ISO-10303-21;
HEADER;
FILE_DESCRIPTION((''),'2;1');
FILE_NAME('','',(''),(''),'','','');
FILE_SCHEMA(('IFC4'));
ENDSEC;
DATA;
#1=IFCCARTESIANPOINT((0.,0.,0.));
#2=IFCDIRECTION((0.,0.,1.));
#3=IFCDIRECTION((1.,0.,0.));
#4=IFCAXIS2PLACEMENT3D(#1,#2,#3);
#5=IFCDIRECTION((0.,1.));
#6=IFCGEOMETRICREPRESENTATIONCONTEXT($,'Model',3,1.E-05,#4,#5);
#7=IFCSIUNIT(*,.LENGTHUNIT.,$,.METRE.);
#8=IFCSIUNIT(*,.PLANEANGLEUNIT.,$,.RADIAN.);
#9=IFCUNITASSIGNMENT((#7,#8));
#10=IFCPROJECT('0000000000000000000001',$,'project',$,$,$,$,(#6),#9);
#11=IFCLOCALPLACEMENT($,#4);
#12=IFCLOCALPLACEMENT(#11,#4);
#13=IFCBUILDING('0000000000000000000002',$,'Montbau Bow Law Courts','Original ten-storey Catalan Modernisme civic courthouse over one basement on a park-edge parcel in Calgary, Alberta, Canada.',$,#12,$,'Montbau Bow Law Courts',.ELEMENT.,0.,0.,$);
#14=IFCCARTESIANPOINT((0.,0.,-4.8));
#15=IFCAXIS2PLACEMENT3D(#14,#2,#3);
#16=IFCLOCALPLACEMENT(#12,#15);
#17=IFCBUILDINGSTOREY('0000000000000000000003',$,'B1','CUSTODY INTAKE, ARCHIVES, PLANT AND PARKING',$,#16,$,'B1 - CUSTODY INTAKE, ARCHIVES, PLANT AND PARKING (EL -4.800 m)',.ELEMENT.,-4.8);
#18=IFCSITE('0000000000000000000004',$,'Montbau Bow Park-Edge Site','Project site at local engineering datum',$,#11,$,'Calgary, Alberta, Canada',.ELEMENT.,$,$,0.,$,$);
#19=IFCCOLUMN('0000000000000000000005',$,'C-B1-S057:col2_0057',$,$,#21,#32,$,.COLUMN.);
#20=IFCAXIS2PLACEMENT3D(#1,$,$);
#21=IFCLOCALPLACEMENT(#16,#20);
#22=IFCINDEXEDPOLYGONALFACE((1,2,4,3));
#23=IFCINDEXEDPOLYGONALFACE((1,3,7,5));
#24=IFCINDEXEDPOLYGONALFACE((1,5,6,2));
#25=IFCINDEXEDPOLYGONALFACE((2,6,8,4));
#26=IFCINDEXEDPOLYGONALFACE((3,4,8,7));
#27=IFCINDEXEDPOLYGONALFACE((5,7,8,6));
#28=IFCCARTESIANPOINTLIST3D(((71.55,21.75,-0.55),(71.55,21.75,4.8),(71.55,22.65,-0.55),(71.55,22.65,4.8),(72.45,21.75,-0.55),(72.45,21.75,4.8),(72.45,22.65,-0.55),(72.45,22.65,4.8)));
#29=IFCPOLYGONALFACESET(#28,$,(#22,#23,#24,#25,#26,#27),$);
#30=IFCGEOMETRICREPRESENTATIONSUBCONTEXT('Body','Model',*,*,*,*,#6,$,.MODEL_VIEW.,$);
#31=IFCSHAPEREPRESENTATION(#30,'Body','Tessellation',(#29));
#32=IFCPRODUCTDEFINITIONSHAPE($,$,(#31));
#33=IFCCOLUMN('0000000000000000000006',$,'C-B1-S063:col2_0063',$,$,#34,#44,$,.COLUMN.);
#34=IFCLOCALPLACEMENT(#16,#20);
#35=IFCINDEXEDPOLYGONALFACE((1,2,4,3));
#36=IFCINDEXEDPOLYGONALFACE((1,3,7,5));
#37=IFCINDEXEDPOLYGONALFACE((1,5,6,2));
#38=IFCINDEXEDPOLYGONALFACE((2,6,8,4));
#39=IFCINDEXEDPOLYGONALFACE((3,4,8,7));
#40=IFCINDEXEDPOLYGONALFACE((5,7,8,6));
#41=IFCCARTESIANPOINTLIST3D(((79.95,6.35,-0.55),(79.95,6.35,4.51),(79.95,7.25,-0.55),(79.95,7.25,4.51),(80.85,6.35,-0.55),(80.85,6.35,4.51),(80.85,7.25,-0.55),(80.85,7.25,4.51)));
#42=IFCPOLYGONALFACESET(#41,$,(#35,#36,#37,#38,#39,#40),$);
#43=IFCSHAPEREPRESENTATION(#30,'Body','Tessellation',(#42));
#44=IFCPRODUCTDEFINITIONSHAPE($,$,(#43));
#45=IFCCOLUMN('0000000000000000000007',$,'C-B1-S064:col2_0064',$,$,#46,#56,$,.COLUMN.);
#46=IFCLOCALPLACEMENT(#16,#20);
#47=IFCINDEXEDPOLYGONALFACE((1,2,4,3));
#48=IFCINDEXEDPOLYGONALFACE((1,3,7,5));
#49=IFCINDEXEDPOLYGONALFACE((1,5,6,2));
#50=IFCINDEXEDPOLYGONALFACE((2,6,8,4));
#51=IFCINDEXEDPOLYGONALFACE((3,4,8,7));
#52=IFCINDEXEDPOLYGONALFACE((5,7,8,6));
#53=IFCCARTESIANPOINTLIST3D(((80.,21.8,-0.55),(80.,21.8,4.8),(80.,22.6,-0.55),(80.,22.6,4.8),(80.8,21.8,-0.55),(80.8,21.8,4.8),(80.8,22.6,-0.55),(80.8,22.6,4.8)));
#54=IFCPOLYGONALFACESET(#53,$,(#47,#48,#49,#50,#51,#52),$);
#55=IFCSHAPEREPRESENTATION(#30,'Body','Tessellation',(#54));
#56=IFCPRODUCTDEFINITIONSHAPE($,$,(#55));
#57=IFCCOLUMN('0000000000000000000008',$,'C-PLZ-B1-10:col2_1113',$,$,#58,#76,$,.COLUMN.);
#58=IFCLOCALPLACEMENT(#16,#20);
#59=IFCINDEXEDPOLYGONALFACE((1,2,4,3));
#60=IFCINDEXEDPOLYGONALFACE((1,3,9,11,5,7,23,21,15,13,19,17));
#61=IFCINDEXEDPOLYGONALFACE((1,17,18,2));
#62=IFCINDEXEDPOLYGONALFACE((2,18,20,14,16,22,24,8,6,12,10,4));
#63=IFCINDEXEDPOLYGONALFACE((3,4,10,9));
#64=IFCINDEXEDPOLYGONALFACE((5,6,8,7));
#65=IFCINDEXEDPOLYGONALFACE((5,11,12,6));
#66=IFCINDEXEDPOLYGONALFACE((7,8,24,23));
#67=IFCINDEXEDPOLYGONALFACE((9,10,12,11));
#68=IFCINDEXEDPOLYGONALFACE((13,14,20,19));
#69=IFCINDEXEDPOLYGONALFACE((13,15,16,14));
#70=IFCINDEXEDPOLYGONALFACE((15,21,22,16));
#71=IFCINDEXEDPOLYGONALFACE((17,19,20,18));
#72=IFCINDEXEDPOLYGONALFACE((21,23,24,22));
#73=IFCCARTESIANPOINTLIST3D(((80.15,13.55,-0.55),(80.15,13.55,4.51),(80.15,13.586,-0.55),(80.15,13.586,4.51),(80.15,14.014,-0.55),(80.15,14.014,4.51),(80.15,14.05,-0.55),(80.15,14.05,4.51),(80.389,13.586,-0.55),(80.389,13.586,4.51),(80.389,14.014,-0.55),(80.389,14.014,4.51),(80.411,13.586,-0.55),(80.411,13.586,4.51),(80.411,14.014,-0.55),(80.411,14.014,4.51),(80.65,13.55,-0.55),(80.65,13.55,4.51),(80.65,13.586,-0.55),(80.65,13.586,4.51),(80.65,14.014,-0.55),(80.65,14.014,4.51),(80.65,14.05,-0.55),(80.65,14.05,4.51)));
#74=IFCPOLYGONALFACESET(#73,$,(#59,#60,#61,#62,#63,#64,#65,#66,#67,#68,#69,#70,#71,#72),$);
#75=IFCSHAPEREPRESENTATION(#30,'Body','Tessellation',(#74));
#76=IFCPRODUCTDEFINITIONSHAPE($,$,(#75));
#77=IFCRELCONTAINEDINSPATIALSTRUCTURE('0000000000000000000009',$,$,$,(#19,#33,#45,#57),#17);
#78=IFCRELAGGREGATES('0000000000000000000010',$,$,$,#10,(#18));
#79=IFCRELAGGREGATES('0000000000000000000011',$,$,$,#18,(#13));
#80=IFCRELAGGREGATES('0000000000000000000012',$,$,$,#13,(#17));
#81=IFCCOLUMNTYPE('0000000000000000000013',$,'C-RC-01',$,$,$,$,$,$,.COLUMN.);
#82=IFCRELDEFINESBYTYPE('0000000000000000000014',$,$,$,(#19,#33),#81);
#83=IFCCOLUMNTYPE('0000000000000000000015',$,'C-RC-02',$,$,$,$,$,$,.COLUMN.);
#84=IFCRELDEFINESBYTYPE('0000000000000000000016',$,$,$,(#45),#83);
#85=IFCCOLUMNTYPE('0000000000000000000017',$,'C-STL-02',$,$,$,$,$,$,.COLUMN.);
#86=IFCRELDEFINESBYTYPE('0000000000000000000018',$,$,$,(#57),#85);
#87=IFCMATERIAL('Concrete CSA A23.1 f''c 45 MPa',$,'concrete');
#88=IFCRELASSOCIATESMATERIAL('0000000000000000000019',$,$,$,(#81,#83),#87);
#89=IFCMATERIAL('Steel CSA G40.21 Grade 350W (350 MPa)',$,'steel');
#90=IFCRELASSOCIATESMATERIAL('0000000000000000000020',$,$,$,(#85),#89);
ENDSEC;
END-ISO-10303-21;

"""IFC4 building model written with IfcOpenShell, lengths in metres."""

from ifc_helpers import new_model, si_unit, direction, frame, origin_with_axes, origin_2d_with_axis, place, context, subcontext, project, spatial, rectangle, i_section, extrude, material, material_profile, profile_set, type_object, element, save


model = new_model("IFC4")

# Units and contexts
model_context = context("Model", 3, precision=1e-05, world=origin_with_axes(), true_north=direction((0.0, 1.0)))
body_context = subcontext(model_context, "Body", "Model", "MODEL_VIEW")
ifc_project = project(units=[si_unit("LENGTHUNIT", "METRE"), si_unit("PLANEANGLEUNIT", "RADIAN")], contexts=[model_context])

# Site, building, storey
site_placement = place(None, origin_with_axes())
site = spatial("IfcSite", under=ifc_project, at=site_placement, Name="Montbau Bow Park-Edge Site", Description="Project site at local engineering datum", LongName="Calgary, Alberta, Canada", CompositionType="ELEMENT", RefElevation=0.0)
building_placement = place(site_placement, origin_with_axes())
building = spatial("IfcBuilding", under=site, at=building_placement, Name="Montbau Bow Law Courts", Description="Original ten-storey Catalan Modernisme civic courthouse over one basement on a park-edge parcel in Calgary, Alberta, Canada.", LongName="Montbau Bow Law Courts", CompositionType="ELEMENT", ElevationOfRefHeight=0.0, ElevationOfTerrain=0.0)
storey_placement = place(building_placement, frame((0.0, 0.0, -4.8), z_axis=(0.0, 0.0, 1.0), x_axis=(1.0, 0.0, 0.0)))
storey = spatial("IfcBuildingStorey", under=building, at=storey_placement, Name="B1", Description="CUSTODY INTAKE, ARCHIVES, PLANT AND PARKING", LongName="B1 - CUSTODY INTAKE, ARCHIVES, PLANT AND PARKING (EL -4.800 m)", CompositionType="ELEMENT", Elevation=-4.8)

# Columns
ifc_material_1 = material(Name="Concrete CSA A23.1 f'c 45 MPa", Category="concrete")
ifc_material_profile_1 = material_profile(ifc_material_1, rectangle(XDim=0.9, YDim=0.9, at=origin_2d_with_axis()), Name="RC900X900", Category="Main", Priority=0)
ifc_profile_set_1 = profile_set([ifc_material_profile_1], Name="Concrete CSA A23.1 f'c 45 MPa")
column_type_1 = type_object("IfcColumnType", Name="C-RC-01", PredefinedType="COLUMN", material=ifc_profile_set_1)
column_1_placement = place(None, frame((72.0, 22.2, -5.35), z_axis=(0.0, 0.0, 1.0), x_axis=(1.0, 0.0, 0.0)))
element("IfcColumn", 1, at=column_1_placement, inside=storey, type_object=column_type_1, Name="C-B1-S057:col2_0057", PredefinedType="COLUMN", context=body_context, shape_type="SweptSolid", body=[
    extrude(rectangle(XDim=0.9, YDim=0.9, at=origin_2d_with_axis()), origin_with_axes(), (0.0, 0.0, 1.0), 5.35),
])
column_2_placement = place(None, frame((80.4, 6.8, -5.35), z_axis=(0.0, 0.0, 1.0), x_axis=(1.0, 0.0, 0.0)))
element("IfcColumn", 2, at=column_2_placement, inside=storey, type_object=column_type_1, Name="C-B1-S063:col2_0063", PredefinedType="COLUMN", context=body_context, shape_type="SweptSolid", body=[
    extrude(rectangle(XDim=0.9, YDim=0.9, at=origin_2d_with_axis()), origin_with_axes(), (0.0, 0.0, 1.0), 5.06),
])
ifc_material_profile_2 = material_profile(ifc_material_1, rectangle(XDim=0.8, YDim=0.8, at=origin_2d_with_axis()), Name="RC800X800", Category="Main", Priority=0)
ifc_profile_set_2 = profile_set([ifc_material_profile_2], Name="Concrete CSA A23.1 f'c 45 MPa")
column_type_2 = type_object("IfcColumnType", Name="C-RC-02", PredefinedType="COLUMN", material=ifc_profile_set_2)
column_3_placement = place(None, frame((80.4, 22.2, -5.35), z_axis=(0.0, 0.0, 1.0), x_axis=(1.0, 0.0, 0.0)))
element("IfcColumn", 3, at=column_3_placement, inside=storey, type_object=column_type_2, Name="C-B1-S064:col2_0064", PredefinedType="COLUMN", context=body_context, shape_type="SweptSolid", body=[
    extrude(rectangle(XDim=0.8, YDim=0.8, at=origin_2d_with_axis()), origin_with_axes(), (0.0, 0.0, 1.0), 5.35),
])
ifc_material_2 = material(Name="Steel CSA G40.21 Grade 350W (350 MPa)", Category="steel")
ifc_material_profile_3 = material_profile(ifc_material_2, i_section(OverallWidth=0.5, OverallDepth=0.5, WebThickness=0.022, FlangeThickness=0.036, at=origin_2d_with_axis()), Name="WWF500X343", Category="Main", Priority=0)
ifc_profile_set_3 = profile_set([ifc_material_profile_3], Name="Steel CSA G40.21 Grade 350W (350 MPa)")
column_type_3 = type_object("IfcColumnType", Name="C-STL-02", PredefinedType="COLUMN", material=ifc_profile_set_3)
column_4_placement = place(None, frame((80.4, 13.8, -5.35), z_axis=(0.0, 0.0, 1.0), x_axis=(1.0, 0.0, 0.0)))
element("IfcColumn", 4, at=column_4_placement, inside=storey, type_object=column_type_3, Name="C-PLZ-B1-10:col2_1113", PredefinedType="COLUMN", context=body_context, shape_type="SweptSolid", body=[
    extrude(i_section(OverallWidth=0.5, OverallDepth=0.5, WebThickness=0.022, FlangeThickness=0.036, at=origin_2d_with_axis()), origin_with_axes(), (0.0, 0.0, 1.0), 5.06),
])

save(model, "model.ifc")
